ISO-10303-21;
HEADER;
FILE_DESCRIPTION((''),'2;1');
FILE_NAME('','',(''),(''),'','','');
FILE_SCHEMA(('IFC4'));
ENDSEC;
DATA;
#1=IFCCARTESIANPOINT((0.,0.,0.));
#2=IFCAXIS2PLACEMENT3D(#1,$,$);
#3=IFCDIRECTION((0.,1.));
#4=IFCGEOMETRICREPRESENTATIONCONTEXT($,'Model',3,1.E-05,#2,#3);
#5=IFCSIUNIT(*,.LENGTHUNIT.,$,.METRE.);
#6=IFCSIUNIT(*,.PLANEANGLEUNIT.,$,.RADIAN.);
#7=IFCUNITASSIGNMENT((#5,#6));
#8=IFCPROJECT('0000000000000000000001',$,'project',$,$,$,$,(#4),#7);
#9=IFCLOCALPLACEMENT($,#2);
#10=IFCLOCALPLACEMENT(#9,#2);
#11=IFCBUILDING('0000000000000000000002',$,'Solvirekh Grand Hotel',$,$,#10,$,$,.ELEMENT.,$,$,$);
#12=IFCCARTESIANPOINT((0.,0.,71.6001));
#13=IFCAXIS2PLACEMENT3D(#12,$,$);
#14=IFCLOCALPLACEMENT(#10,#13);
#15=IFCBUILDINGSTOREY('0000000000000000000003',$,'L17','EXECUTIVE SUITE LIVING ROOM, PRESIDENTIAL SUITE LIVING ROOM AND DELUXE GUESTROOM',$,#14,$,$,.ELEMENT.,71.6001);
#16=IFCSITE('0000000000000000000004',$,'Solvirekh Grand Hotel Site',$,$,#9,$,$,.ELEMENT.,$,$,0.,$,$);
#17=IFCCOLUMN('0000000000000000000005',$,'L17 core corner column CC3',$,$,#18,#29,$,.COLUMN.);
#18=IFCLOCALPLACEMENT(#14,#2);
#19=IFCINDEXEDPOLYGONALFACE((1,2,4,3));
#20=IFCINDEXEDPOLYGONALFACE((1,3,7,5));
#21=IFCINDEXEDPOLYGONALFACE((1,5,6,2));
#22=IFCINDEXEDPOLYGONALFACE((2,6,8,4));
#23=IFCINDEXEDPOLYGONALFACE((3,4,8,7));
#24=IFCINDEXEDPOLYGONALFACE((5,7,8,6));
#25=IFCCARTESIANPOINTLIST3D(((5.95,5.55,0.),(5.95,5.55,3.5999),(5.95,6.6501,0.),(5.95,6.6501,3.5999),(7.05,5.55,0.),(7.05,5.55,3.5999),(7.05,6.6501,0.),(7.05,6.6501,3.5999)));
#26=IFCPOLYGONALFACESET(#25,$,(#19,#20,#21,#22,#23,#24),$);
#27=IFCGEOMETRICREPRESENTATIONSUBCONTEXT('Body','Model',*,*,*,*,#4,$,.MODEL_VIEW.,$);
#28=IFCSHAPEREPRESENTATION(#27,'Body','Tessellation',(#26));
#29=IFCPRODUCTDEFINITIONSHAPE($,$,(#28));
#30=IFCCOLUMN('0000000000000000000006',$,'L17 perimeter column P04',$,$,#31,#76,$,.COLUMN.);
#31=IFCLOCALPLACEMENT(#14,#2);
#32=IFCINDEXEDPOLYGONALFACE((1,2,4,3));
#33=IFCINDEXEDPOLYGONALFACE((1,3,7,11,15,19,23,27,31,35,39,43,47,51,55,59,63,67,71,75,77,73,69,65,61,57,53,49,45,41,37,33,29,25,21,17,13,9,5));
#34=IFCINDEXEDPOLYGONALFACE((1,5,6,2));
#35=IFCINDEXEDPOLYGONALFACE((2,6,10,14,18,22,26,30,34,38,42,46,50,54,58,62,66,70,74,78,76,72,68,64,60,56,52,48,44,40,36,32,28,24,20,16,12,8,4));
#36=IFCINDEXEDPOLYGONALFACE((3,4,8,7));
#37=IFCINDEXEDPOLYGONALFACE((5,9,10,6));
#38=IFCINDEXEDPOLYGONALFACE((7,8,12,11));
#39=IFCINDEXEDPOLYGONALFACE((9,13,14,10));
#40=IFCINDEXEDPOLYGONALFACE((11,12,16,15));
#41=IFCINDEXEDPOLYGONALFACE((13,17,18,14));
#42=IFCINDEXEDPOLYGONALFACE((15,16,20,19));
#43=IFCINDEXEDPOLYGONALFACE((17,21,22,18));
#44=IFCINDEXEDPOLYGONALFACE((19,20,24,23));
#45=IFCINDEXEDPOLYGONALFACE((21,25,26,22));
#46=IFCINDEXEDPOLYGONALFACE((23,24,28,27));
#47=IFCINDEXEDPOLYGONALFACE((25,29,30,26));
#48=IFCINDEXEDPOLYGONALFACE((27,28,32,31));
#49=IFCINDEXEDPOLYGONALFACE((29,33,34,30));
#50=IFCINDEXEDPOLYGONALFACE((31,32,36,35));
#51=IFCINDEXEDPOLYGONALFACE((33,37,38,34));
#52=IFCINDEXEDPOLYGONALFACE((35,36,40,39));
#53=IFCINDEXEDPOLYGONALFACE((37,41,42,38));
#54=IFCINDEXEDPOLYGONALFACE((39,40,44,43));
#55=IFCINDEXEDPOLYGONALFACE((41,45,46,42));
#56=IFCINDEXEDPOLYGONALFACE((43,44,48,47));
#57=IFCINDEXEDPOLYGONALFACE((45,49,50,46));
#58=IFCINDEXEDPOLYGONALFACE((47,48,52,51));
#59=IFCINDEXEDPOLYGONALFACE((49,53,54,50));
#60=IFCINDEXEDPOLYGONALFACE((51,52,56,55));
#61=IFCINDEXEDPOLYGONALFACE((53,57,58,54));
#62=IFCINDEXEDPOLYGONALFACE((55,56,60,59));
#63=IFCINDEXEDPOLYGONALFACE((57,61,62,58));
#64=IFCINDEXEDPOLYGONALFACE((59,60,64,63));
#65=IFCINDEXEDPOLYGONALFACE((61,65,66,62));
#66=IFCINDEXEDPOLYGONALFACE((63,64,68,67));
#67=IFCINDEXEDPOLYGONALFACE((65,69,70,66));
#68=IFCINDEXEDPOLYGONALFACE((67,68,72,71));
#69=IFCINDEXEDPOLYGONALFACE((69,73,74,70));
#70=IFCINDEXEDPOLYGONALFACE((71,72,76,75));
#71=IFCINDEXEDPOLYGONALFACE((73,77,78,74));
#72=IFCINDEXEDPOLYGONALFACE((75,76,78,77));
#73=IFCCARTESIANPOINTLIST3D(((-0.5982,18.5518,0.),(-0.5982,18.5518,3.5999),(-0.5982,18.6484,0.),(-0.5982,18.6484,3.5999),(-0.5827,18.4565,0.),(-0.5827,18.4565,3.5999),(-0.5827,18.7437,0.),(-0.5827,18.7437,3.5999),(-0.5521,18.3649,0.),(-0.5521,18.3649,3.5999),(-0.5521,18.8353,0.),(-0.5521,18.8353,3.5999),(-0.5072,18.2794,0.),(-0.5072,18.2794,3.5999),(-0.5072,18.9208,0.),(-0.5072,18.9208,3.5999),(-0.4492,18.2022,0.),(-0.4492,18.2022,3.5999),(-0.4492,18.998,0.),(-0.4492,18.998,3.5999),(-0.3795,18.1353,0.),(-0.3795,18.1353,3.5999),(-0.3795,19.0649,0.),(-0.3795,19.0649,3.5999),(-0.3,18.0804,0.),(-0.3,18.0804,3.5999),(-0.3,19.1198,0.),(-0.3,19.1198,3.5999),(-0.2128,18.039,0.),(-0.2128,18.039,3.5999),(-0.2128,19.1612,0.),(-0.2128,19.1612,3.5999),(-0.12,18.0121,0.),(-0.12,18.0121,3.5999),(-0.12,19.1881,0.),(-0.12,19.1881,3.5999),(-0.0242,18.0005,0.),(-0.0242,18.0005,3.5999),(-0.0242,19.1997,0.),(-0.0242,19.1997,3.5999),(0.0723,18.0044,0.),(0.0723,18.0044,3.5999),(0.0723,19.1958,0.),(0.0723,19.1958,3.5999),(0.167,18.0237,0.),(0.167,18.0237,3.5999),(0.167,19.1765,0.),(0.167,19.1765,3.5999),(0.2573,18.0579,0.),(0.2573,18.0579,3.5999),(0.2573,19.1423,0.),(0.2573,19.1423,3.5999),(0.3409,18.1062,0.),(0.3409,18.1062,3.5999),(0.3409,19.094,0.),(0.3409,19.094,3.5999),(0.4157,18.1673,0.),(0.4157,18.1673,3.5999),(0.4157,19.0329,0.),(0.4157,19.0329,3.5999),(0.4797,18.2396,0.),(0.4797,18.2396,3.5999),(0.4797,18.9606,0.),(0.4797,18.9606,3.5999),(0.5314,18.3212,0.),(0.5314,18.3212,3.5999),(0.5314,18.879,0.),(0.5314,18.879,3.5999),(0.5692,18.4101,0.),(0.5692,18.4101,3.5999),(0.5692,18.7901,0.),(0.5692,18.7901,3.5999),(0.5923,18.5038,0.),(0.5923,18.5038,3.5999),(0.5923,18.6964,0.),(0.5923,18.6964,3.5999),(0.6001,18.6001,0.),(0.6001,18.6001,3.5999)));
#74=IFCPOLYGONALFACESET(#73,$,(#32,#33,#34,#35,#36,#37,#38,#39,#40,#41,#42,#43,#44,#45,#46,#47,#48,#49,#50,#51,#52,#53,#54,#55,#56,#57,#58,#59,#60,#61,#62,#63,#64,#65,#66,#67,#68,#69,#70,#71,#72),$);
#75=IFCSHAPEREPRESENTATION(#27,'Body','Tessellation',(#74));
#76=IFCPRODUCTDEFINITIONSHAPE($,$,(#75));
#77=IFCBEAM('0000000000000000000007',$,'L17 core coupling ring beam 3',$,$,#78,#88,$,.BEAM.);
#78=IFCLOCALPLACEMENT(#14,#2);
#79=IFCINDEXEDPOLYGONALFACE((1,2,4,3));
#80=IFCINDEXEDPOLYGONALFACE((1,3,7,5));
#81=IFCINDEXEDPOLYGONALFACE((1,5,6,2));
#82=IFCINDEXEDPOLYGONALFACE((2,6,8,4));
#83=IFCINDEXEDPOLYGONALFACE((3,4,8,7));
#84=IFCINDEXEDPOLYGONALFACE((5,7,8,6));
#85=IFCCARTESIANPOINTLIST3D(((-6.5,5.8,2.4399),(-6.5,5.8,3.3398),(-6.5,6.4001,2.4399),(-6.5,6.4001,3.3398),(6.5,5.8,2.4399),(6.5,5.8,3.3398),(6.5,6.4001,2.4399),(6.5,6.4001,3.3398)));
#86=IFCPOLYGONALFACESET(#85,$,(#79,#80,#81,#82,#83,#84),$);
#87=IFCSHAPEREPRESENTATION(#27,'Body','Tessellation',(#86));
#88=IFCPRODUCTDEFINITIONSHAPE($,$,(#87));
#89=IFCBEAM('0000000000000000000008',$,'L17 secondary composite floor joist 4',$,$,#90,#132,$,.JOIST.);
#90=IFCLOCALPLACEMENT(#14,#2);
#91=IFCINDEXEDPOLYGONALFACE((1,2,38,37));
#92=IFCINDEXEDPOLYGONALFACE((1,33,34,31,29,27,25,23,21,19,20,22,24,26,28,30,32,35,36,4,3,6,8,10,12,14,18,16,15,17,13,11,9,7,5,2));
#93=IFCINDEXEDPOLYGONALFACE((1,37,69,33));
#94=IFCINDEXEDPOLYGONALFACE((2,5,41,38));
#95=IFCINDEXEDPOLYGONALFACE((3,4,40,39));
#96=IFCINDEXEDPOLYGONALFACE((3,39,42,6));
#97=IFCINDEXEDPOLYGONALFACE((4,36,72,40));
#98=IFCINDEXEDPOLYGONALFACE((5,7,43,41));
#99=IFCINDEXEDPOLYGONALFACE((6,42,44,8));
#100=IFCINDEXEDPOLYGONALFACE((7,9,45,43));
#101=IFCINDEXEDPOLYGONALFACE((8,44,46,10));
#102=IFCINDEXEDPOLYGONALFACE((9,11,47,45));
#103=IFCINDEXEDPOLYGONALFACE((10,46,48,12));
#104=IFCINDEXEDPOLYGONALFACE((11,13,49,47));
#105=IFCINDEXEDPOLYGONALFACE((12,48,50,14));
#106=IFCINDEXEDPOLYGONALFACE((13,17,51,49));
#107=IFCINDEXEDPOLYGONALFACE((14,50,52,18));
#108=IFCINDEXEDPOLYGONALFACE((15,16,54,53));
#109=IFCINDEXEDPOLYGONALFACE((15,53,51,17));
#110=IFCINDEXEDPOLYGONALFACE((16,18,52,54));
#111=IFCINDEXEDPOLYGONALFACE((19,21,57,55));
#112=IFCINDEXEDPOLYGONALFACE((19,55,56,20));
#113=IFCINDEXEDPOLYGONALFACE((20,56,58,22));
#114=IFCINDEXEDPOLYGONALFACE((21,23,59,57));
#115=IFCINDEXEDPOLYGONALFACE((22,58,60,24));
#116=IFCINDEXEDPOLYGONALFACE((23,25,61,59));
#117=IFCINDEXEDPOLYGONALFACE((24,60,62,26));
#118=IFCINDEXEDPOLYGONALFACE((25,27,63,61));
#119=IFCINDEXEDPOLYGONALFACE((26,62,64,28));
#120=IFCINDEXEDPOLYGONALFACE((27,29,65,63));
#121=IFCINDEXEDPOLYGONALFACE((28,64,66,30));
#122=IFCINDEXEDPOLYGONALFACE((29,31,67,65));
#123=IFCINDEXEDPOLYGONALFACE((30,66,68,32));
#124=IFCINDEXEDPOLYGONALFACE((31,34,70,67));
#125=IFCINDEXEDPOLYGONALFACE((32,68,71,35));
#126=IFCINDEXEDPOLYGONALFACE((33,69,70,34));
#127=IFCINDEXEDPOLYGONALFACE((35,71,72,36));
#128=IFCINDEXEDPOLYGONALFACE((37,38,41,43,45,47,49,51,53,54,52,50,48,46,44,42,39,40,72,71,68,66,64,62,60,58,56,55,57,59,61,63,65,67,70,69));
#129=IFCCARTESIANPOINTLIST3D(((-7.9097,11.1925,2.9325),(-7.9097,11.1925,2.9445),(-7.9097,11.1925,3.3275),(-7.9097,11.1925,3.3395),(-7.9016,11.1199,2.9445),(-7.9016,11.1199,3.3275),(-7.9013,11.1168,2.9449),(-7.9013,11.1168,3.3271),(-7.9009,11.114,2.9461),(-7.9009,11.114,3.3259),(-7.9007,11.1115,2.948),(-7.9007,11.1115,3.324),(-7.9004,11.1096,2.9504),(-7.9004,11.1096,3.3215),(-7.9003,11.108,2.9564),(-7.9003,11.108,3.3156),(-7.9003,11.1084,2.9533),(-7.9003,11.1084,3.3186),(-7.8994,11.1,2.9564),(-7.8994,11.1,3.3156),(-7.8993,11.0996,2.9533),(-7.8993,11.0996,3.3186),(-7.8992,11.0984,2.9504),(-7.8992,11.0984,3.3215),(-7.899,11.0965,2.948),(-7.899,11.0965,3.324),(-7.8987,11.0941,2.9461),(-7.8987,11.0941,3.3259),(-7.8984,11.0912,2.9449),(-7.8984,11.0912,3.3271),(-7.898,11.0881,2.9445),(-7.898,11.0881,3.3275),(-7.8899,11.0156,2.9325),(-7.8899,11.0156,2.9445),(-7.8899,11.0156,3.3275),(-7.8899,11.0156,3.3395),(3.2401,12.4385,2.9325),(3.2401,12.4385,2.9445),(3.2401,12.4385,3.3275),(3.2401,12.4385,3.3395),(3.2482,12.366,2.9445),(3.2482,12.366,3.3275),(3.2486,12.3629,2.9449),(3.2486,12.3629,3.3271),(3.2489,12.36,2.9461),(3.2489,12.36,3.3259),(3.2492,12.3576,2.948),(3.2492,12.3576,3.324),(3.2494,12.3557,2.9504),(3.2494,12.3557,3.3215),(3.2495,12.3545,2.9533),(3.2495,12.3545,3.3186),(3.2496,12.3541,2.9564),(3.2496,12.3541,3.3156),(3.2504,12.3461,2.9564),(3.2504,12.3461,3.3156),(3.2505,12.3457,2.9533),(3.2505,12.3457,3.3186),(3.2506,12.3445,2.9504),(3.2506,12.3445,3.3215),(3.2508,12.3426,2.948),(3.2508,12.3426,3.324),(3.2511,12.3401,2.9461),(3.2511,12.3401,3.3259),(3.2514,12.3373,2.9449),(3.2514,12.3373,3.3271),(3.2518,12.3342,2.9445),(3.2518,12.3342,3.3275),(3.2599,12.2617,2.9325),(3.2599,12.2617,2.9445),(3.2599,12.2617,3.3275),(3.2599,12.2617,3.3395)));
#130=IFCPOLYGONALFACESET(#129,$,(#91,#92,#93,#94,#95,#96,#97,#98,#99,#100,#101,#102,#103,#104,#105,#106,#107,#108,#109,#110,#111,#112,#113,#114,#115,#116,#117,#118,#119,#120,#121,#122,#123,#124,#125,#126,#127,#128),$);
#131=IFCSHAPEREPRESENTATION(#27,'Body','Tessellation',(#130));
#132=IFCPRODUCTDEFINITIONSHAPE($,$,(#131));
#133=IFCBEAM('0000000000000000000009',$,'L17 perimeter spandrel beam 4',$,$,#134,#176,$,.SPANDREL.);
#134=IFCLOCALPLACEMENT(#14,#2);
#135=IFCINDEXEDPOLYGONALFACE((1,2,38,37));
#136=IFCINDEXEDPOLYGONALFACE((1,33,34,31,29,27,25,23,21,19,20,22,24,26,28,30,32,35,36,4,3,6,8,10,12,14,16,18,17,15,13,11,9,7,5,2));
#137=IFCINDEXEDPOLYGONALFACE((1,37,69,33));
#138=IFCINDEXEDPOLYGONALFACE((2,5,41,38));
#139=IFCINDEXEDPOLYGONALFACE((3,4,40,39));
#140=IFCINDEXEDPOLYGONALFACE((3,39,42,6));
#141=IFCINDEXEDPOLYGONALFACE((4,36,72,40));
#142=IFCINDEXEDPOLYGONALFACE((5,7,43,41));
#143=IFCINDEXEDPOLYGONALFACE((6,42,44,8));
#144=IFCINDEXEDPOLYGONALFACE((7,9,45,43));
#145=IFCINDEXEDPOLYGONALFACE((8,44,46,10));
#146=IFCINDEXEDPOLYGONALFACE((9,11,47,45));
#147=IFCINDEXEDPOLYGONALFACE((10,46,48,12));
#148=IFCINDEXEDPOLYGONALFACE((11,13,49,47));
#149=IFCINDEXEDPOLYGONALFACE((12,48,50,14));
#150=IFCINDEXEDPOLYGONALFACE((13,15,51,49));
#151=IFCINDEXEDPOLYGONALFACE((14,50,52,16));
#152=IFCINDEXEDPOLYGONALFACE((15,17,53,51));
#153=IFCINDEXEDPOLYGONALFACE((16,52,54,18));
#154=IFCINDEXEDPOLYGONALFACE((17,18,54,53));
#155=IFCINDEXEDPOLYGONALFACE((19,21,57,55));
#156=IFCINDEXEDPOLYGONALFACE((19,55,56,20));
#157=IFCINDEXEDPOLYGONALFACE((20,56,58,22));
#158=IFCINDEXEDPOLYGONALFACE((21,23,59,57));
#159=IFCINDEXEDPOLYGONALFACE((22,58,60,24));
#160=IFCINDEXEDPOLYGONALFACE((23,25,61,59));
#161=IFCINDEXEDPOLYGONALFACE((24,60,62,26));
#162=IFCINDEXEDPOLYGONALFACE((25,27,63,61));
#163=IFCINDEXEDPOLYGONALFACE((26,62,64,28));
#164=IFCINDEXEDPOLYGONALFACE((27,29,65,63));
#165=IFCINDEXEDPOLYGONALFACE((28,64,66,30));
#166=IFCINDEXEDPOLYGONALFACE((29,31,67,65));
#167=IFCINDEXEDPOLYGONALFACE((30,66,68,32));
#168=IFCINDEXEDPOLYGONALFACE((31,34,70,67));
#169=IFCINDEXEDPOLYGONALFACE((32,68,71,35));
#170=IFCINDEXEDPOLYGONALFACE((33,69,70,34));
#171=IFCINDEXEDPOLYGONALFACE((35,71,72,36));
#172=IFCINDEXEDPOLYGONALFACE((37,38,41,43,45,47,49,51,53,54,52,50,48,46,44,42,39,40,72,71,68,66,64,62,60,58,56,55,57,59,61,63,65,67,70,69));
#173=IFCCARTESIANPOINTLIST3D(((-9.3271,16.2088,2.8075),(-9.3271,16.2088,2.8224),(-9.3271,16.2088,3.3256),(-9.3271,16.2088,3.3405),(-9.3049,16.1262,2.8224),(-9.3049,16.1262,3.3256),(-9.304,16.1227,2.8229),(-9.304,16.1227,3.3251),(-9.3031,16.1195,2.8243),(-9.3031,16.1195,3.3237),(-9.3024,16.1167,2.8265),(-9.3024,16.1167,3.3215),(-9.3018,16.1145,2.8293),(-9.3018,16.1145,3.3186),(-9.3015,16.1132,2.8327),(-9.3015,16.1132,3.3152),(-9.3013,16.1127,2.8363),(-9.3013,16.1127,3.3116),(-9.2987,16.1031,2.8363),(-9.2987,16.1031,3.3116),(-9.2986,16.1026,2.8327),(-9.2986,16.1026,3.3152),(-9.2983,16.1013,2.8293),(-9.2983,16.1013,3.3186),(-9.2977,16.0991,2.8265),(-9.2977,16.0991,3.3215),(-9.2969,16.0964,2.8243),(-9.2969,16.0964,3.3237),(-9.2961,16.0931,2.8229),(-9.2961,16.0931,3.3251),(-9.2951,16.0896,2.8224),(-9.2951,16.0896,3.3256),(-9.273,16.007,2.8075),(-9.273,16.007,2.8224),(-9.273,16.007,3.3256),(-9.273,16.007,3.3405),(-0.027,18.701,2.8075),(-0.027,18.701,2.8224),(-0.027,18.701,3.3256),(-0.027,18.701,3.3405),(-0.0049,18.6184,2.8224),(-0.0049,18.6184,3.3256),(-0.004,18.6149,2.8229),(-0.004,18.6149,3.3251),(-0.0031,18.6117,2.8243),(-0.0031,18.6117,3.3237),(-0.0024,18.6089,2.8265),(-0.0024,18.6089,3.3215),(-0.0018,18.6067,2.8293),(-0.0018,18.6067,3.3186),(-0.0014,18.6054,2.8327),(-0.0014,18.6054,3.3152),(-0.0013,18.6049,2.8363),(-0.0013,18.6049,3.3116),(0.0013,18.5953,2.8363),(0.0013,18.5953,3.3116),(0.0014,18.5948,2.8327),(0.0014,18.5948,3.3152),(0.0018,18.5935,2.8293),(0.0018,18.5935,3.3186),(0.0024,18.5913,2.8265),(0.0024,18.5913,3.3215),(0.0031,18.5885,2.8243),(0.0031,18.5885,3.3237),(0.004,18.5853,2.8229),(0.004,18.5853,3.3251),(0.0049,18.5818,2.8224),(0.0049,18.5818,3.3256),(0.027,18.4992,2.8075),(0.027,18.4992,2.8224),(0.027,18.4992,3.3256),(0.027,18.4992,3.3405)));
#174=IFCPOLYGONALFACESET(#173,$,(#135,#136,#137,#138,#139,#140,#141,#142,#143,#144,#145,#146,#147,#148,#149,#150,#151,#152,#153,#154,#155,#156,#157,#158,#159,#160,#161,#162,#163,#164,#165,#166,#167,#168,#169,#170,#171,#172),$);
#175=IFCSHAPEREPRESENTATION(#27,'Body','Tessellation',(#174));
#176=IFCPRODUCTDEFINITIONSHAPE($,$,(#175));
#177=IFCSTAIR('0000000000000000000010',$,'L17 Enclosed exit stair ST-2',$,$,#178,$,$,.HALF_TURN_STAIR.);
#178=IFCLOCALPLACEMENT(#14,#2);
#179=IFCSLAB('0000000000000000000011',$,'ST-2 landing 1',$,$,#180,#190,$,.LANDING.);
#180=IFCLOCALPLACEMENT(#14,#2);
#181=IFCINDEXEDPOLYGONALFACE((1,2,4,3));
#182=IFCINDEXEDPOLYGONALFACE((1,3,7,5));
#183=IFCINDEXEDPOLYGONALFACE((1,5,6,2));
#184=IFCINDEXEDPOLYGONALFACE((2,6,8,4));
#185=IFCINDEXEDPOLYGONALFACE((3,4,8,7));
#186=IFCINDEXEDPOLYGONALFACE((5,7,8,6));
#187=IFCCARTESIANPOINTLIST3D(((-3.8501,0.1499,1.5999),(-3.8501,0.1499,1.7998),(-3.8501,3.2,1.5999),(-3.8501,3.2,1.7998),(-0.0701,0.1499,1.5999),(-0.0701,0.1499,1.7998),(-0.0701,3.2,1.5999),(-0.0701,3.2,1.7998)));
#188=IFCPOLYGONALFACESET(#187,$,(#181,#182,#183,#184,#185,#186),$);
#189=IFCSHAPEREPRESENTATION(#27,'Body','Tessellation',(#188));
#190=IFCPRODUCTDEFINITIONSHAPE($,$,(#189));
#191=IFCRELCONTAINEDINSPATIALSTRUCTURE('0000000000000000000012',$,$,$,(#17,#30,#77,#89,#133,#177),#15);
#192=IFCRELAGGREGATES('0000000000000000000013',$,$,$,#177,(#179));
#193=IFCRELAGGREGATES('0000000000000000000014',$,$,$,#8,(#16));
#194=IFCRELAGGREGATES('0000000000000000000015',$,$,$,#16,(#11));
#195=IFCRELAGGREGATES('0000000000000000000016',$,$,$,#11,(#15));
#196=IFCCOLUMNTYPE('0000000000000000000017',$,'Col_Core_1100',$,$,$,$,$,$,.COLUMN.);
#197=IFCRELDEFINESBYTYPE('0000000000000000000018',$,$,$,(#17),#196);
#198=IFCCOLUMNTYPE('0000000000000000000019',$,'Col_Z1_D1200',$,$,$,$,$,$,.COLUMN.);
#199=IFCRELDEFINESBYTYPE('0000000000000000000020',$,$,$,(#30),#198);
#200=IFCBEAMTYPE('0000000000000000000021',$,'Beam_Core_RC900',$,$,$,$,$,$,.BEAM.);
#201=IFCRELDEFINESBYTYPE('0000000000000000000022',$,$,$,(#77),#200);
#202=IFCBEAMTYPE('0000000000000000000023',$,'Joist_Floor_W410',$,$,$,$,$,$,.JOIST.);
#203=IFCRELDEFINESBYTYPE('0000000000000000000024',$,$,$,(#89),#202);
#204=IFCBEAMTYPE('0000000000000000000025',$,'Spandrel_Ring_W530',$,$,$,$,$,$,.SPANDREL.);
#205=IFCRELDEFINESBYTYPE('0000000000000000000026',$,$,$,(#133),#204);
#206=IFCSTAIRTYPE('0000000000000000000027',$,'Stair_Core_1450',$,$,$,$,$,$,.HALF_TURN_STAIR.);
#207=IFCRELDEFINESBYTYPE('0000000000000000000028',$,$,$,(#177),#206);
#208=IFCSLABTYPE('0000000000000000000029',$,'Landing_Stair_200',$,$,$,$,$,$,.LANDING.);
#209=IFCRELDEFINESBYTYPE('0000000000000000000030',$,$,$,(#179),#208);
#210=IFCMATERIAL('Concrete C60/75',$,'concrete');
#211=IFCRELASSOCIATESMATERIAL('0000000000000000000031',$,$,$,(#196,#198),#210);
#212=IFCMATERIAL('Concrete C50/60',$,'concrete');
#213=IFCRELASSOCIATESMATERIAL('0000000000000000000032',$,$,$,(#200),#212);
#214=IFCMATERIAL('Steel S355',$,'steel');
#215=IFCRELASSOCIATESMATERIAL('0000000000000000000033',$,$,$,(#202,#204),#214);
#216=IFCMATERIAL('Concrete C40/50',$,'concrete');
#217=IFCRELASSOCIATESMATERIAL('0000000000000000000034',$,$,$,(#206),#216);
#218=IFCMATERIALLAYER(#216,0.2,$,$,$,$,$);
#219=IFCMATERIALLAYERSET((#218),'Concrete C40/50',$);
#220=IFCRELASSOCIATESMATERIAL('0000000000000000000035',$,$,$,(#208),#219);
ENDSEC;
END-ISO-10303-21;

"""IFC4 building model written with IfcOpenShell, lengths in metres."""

from ifc_helpers import new_model, si_unit, direction, frame, origin, origin_2d, place, context, subcontext, project, spatial, polyline, rectangle, circle, i_section, outline, extrude, material, layer, layer_set, material_profile, profile_set, type_object, element, aggregate, save


model = new_model("IFC4")

# Units and contexts
model_context = context("Model", 3, precision=1e-05, world=origin(), true_north=direction((0.0, 1.0)))
body_context = subcontext(model_context, "Body", "Model", "MODEL_VIEW")
ifc_project = project(units=[si_unit("LENGTHUNIT", "METRE"), si_unit("PLANEANGLEUNIT", "RADIAN")], contexts=[model_context])

# Site, building, storey
site_placement = place(None, origin())
site = spatial("IfcSite", under=ifc_project, at=site_placement, Name="Solvirekh Grand Hotel Site", CompositionType="ELEMENT", RefElevation=0.0)
building_placement = place(site_placement, origin())
building = spatial("IfcBuilding", under=site, at=building_placement, Name="Solvirekh Grand Hotel", CompositionType="ELEMENT")
storey_placement = place(building_placement, frame((0.0, 0.0, 71.6001)))
storey = spatial("IfcBuildingStorey", under=building, at=storey_placement, Name="L17", Description="EXECUTIVE SUITE LIVING ROOM, PRESIDENTIAL SUITE LIVING ROOM AND DELUXE GUESTROOM", CompositionType="ELEMENT", Elevation=71.6001)

# Columns
ifc_material_1 = material(Name="Concrete C60/75", Category="concrete")
ifc_material_profile_1 = material_profile(ifc_material_1, rectangle(XDim=1.1001, YDim=1.1001, at=origin_2d()), Name="RC 1100X1100")
ifc_profile_set_1 = profile_set([ifc_material_profile_1], Name="Concrete C60/75")
column_type_1 = type_object("IfcColumnType", Name="Col_Core_1100", PredefinedType="COLUMN", material=ifc_profile_set_1)
column_1_placement = place(storey_placement, frame((6.5, 6.1001, 0.0), z_axis=(0.0, 0.0, 1.0), x_axis=(1.0, 0.0, 0.0)))
element("IfcColumn", 1, at=column_1_placement, inside=storey, type_object=column_type_1, Name="L17 core corner column CC3", PredefinedType="COLUMN", context=body_context, shape_type="SweptSolid", body=[
    extrude(rectangle(XDim=1.1001, YDim=1.1001, at=origin_2d()), origin(), (0.0, 0.0, 1.0), 3.5999),
])
ifc_material_profile_2 = material_profile(ifc_material_1, circle(Radius=0.6001, at=origin_2d()), Name="RC CIRC D1200")
ifc_profile_set_2 = profile_set([ifc_material_profile_2], Name="Concrete C60/75")
column_type_2 = type_object("IfcColumnType", Name="Col_Z1_D1200", PredefinedType="COLUMN", material=ifc_profile_set_2)
column_2_placement = place(storey_placement, frame((0.0, 18.6001, 0.0), z_axis=(0.0, 0.0, 1.0), x_axis=(1.0, 0.0, 0.0)))
element("IfcColumn", 2, at=column_2_placement, inside=storey, type_object=column_type_2, Name="L17 perimeter column P04", PredefinedType="COLUMN", context=body_context, shape_type="SweptSolid", body=[
    extrude(circle(Radius=0.6001, at=origin_2d()), origin(), (0.0, 0.0, 1.0), 3.5999),
])

# Beams
ifc_material_2 = material(Name="Concrete C50/60", Category="concrete")
ifc_material_profile_3 = material_profile(ifc_material_2, rectangle(XDim=0.6001, YDim=0.8999, at=origin_2d()), Name="RC BEAM 600X900")
ifc_profile_set_3 = profile_set([ifc_material_profile_3], Name="Concrete C50/60")
beam_type_1 = type_object("IfcBeamType", Name="Beam_Core_RC900", PredefinedType="BEAM", material=ifc_profile_set_3)
beam_1_placement = place(storey_placement, frame((6.5, 6.1001, 2.8899), z_axis=(-1.0, 0.0, 0.0), x_axis=(0.0, -1.0, 0.0)))
element("IfcBeam", 3, at=beam_1_placement, inside=storey, type_object=beam_type_1, Name="L17 core coupling ring beam 3", PredefinedType="BEAM", context=body_context, shape_type="SweptSolid", body=[
    extrude(rectangle(XDim=0.6001, YDim=0.8999, at=origin_2d()), origin(), (0.0, 0.0, 1.0), 13.0),
])
ifc_material_3 = material(Name="Steel S355", Category="steel")
ifc_material_profile_4 = material_profile(ifc_material_3, i_section(OverallWidth=0.178, OverallDepth=0.407, WebThickness=0.0081, FlangeThickness=0.012, FilletRadius=0.012, at=origin_2d()), Name="W410X60")
ifc_profile_set_4 = profile_set([ifc_material_profile_4], Name="Steel S355")
beam_type_2 = type_object("IfcBeamType", Name="Joist_Floor_W410", PredefinedType="JOIST", material=ifc_profile_set_4)
beam_2_placement = place(storey_placement, frame((3.25, 12.3501, 3.136), z_axis=(-0.993813, -0.111067, 0.0), x_axis=(0.111067, -0.993813, 0.0)))
element("IfcBeam", 4, at=beam_2_placement, inside=storey, type_object=beam_type_2, Name="L17 secondary composite floor joist 4", PredefinedType="JOIST", context=body_context, shape_type="SweptSolid", body=[
    extrude(i_section(OverallWidth=0.178, OverallDepth=0.407, WebThickness=0.0081, FlangeThickness=0.012, FilletRadius=0.012, at=origin_2d()), origin(), (0.0, 0.0, 1.0), 11.2192),
])
ifc_material_profile_5 = material_profile(ifc_material_3, i_section(OverallWidth=0.209, OverallDepth=0.533, WebThickness=0.01, FlangeThickness=0.0149, FilletRadius=0.0139, at=origin_2d()), Name="W530X92")
ifc_profile_set_5 = profile_set([ifc_material_profile_5], Name="Steel S355")
beam_type_3 = type_object("IfcBeamType", Name="Spandrel_Ring_W530", PredefinedType="SPANDREL", material=ifc_profile_set_5)
beam_3_placement = place(storey_placement, frame((0.0, 18.6001, 3.074), z_axis=(-0.965919, -0.258843, 0.0), x_axis=(0.258843, -0.965919, 0.0)))
element("IfcBeam", 5, at=beam_3_placement, inside=storey, type_object=beam_type_3, Name="L17 perimeter spandrel beam 4", PredefinedType="SPANDREL", context=body_context, shape_type="SweptSolid", body=[
    extrude(i_section(OverallWidth=0.209, OverallDepth=0.533, WebThickness=0.01, FlangeThickness=0.0149, FilletRadius=0.0139, at=origin_2d()), origin(), (0.0, 0.0, 1.0), 9.6282),
])

# Stair, slab
ifc_material_4 = material(Name="Concrete C40/50", Category="concrete")
stair_type = type_object("IfcStairType", Name="Stair_Core_1450", PredefinedType="HALF_TURN_STAIR", material=ifc_material_4)
stair_placement = place(storey_placement, origin())
stair = element("IfcStair", 6, at=stair_placement, inside=storey, type_object=stair_type, Name="L17 Enclosed exit stair ST-2", PredefinedType="HALF_TURN_STAIR")
ifc_layer_1 = layer(ifc_material_4, 0.2)
ifc_layer_set_1 = layer_set([ifc_layer_1], Name="Concrete C40/50")
slab_type = type_object("IfcSlabType", Name="Landing_Stair_200", PredefinedType="LANDING", material=ifc_layer_set_1)
slab_placement = place(storey_placement, frame((0.0, 0.0, 1.5999)))
slab = element("IfcSlab", 7, at=slab_placement, type_object=slab_type, Name="ST-2 landing 1", PredefinedType="LANDING", context=body_context, shape_type="SweptSolid", body=[
    extrude(outline(polyline([(-0.0701, 3.2), (-3.8501, 3.2), (-3.8501, 0.1499), (-0.0701, 0.1499), (-0.0701, 3.2)])), origin(), (0.0, 0.0, 1.0), 0.2),
])

aggregate(stair, [slab])

save(model, "model.ifc")
